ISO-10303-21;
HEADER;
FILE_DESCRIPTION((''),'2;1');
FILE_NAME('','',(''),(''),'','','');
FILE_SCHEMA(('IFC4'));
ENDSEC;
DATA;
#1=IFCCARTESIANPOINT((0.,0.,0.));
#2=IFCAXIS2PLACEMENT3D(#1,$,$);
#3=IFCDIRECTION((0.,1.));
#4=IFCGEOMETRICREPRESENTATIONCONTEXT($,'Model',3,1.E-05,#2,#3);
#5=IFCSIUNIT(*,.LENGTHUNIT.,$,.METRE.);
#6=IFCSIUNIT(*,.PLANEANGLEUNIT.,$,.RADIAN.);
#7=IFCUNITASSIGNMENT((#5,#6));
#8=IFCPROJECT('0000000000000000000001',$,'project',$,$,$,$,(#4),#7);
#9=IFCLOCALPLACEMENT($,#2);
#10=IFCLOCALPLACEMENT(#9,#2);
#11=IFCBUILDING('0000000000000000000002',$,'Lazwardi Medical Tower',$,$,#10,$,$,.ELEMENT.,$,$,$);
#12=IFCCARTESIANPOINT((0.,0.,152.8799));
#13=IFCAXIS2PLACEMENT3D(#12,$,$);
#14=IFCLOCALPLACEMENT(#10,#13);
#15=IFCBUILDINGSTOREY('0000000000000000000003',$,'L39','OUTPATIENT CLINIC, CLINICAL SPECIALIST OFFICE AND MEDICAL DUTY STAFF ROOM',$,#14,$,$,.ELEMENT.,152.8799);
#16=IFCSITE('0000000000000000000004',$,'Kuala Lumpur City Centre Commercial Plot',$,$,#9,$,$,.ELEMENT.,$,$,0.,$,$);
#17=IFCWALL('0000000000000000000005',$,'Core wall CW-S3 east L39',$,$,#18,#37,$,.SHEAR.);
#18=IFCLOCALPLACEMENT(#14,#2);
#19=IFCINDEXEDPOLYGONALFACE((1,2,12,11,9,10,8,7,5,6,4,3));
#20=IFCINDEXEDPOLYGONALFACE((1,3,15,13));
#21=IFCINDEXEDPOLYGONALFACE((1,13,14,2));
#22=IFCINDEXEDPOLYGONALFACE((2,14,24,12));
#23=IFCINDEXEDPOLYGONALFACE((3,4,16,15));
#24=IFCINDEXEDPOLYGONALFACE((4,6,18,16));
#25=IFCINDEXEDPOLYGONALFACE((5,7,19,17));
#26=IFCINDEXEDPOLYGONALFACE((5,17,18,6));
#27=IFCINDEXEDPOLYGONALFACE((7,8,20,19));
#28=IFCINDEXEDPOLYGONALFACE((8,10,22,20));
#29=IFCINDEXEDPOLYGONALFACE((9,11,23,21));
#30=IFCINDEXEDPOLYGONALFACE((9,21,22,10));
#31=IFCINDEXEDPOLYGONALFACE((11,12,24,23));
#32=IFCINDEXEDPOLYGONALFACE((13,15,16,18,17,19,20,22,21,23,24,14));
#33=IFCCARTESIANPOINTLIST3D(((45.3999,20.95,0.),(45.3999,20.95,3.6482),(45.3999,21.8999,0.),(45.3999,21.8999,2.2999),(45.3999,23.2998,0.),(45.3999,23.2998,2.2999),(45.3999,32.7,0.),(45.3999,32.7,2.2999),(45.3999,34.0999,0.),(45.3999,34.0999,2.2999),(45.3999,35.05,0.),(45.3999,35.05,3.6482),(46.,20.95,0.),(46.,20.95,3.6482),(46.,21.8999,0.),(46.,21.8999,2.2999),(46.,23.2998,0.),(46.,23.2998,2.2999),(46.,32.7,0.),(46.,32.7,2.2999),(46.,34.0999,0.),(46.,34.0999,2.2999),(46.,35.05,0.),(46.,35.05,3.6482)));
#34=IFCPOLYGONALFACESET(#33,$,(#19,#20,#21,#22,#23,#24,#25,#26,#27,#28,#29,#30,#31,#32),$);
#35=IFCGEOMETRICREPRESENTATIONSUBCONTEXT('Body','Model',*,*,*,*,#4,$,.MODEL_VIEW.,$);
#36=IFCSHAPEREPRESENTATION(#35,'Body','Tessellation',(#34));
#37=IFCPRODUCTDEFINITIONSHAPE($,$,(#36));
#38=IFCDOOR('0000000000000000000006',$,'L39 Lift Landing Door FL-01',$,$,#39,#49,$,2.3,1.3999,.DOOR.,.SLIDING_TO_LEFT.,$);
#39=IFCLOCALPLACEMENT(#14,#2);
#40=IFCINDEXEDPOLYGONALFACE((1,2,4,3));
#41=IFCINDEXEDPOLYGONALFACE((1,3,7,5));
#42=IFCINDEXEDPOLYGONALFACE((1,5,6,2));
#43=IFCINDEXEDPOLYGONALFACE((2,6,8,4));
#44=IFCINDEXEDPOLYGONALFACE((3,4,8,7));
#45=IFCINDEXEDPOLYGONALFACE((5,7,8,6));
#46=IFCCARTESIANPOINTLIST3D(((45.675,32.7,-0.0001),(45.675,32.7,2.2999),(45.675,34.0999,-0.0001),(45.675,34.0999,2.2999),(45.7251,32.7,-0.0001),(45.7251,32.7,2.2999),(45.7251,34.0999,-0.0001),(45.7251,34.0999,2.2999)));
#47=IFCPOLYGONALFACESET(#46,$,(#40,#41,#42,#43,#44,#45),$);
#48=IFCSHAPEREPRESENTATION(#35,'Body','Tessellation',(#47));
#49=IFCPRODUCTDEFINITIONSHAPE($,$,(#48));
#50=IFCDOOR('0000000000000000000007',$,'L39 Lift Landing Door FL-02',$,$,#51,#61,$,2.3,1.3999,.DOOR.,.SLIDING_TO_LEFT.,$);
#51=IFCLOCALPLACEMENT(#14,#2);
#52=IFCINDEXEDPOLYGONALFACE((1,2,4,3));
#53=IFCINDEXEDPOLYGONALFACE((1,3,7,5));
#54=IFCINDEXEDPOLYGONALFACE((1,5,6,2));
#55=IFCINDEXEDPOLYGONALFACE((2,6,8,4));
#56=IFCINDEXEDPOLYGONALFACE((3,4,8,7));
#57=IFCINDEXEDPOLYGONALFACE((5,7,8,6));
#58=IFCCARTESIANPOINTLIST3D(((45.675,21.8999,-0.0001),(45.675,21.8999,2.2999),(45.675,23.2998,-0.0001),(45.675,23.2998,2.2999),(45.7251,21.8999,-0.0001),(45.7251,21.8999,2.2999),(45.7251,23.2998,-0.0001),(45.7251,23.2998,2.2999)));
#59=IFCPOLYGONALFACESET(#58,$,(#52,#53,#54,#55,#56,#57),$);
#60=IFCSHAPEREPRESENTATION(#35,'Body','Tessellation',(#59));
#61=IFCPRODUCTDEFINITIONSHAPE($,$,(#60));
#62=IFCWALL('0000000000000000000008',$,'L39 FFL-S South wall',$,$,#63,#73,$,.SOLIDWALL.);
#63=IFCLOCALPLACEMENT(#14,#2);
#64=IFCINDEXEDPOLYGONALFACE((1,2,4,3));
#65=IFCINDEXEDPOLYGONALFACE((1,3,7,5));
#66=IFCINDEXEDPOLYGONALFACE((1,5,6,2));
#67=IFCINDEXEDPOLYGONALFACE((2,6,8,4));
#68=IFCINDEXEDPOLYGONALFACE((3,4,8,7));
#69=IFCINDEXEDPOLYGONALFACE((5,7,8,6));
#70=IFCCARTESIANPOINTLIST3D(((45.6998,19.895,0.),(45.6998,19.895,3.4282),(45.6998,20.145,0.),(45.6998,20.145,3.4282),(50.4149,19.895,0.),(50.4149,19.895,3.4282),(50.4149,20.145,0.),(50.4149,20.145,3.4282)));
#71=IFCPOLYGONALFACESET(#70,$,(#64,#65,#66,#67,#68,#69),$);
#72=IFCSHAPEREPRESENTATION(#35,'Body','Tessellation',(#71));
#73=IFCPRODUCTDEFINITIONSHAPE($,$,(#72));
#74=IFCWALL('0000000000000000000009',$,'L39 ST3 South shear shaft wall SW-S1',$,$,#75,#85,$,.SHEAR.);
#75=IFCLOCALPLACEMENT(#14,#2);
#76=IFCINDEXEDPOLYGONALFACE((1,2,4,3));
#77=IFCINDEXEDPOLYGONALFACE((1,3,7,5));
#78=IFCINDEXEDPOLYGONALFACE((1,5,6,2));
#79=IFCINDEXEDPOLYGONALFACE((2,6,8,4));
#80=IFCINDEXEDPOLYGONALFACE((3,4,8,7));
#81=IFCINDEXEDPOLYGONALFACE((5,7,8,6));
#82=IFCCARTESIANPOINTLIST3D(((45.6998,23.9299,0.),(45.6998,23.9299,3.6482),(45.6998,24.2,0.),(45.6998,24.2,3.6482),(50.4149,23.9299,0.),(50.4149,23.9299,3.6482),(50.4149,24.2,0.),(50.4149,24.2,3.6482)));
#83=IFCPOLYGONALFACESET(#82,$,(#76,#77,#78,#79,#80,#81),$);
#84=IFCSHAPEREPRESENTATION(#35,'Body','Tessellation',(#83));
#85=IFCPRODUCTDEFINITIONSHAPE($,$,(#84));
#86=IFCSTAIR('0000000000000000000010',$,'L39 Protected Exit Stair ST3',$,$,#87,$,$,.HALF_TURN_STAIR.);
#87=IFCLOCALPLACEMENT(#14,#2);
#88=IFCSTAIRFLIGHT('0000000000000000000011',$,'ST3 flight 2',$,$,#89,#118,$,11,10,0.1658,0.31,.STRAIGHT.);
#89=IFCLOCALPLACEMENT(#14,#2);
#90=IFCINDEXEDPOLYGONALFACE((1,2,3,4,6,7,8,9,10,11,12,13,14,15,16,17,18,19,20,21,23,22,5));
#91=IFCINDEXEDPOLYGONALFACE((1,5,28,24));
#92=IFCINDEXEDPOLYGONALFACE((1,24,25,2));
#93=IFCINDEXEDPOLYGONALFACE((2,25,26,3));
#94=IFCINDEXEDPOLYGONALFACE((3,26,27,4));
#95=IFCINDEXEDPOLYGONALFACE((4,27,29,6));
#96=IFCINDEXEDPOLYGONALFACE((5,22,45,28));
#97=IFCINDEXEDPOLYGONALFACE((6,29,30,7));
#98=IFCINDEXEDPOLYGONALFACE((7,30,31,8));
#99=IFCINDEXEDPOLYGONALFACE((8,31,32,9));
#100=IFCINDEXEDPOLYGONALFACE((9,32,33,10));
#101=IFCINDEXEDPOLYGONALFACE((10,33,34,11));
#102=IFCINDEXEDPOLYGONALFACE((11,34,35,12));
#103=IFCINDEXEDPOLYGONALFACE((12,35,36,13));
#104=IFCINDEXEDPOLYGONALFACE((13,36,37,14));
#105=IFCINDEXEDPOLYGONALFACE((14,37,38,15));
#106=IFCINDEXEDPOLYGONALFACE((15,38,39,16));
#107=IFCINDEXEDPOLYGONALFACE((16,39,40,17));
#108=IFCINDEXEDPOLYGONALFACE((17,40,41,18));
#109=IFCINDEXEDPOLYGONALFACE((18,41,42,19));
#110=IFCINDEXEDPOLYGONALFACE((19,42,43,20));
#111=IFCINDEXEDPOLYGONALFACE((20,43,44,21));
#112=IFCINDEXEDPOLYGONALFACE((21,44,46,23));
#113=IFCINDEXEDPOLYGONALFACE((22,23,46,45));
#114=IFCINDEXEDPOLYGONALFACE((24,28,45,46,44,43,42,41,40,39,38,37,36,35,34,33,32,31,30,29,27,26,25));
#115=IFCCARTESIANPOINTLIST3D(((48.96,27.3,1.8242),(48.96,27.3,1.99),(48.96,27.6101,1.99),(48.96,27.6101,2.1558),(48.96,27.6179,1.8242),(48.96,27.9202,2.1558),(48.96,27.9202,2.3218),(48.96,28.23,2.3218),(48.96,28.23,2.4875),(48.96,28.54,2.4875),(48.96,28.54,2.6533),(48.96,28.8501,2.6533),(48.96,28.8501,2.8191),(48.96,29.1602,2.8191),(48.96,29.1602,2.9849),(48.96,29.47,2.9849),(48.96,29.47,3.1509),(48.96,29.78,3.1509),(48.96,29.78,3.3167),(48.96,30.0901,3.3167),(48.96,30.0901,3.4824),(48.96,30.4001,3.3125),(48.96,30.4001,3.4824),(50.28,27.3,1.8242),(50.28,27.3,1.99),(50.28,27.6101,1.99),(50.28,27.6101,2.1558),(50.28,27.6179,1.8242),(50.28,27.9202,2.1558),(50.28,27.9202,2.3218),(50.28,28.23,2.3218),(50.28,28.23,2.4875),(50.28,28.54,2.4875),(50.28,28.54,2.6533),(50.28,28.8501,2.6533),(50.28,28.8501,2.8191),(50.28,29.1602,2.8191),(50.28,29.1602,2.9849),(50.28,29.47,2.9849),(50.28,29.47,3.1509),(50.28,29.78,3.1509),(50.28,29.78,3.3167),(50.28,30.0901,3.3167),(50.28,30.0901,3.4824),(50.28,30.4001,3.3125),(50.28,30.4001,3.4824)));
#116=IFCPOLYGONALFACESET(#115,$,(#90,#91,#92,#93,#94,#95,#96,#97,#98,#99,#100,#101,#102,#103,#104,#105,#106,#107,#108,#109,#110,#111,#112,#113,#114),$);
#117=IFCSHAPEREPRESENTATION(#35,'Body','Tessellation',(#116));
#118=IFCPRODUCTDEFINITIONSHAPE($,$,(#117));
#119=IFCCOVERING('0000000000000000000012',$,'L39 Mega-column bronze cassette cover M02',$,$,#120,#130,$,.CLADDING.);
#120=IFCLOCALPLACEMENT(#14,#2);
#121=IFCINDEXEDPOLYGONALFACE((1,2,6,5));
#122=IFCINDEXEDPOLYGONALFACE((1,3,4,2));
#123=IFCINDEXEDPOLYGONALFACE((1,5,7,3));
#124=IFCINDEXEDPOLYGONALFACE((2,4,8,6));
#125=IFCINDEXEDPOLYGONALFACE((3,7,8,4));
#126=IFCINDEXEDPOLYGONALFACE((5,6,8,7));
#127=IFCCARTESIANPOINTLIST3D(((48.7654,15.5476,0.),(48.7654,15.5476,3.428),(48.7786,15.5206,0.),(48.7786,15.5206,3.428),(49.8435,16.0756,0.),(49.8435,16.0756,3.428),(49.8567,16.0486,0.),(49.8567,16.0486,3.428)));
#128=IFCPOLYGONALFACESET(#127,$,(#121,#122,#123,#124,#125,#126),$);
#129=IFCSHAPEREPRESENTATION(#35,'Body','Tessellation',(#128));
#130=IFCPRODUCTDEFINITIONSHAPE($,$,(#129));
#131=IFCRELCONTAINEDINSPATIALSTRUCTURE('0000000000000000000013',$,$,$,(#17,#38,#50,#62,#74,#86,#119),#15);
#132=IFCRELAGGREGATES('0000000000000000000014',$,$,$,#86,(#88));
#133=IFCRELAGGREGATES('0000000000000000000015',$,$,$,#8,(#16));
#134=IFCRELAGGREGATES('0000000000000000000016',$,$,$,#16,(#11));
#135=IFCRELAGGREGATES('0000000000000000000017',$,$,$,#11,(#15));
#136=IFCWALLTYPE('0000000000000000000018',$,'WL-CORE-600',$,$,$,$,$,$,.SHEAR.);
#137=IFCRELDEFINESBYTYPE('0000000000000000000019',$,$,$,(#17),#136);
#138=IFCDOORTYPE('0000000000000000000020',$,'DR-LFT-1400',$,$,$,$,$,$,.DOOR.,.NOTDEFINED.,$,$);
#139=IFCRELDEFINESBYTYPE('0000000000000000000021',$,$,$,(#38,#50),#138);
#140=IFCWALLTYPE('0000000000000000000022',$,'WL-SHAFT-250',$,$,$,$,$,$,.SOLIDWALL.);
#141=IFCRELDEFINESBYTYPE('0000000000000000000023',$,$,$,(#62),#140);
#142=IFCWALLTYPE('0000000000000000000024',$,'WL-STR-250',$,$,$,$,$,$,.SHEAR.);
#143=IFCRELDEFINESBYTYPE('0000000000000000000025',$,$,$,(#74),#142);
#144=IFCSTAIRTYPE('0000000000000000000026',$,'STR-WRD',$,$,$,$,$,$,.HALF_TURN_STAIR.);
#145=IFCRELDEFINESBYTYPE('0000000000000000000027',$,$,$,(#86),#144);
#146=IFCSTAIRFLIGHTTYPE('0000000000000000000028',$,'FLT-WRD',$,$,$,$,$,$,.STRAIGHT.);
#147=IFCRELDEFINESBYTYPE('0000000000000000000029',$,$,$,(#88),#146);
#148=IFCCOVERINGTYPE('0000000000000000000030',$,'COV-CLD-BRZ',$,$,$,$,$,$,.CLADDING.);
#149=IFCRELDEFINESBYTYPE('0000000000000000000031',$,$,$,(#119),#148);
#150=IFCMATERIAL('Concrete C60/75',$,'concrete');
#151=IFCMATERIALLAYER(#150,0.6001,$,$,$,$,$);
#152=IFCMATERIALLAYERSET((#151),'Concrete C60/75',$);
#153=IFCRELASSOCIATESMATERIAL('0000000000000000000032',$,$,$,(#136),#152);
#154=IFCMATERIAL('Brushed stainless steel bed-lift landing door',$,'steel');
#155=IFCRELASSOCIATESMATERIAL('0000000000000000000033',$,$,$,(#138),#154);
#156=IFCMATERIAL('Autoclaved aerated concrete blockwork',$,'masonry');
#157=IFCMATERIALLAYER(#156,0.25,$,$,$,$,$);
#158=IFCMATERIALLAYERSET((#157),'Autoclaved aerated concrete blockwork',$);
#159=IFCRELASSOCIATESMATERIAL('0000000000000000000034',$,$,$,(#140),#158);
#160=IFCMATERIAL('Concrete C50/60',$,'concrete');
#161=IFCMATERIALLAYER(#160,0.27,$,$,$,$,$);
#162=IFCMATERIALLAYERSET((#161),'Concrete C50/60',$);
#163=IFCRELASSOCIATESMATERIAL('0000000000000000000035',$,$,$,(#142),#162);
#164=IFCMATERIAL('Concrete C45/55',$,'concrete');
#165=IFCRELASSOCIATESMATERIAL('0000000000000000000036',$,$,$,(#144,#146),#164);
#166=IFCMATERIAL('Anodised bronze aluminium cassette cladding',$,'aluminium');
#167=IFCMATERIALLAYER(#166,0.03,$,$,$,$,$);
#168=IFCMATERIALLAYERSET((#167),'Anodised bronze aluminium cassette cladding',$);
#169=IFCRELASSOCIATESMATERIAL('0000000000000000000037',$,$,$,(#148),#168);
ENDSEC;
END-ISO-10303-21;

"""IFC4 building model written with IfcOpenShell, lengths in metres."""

from ifc_helpers import new_model, si_unit, direction, frame, frame_2d, origin, origin_2d, place, context, subcontext, project, spatial, polyline, rectangle, outline, extrude, material, layer, layer_set, type_object, element, fill, aggregate, save


model = new_model("IFC4")

# Units and contexts
model_context = context("Model", 3, precision=1e-05, world=origin(), true_north=direction((0.0, 1.0)))
body_context = subcontext(model_context, "Body", "Model", "MODEL_VIEW")
ifc_project = project(units=[si_unit("LENGTHUNIT", "METRE"), si_unit("PLANEANGLEUNIT", "RADIAN")], contexts=[model_context])

# Site, building, storey
site_placement = place(None, origin())
site = spatial("IfcSite", under=ifc_project, at=site_placement, Name="Kuala Lumpur City Centre Commercial Plot", CompositionType="ELEMENT", RefElevation=0.0)
building_placement = place(site_placement, origin())
building = spatial("IfcBuilding", under=site, at=building_placement, Name="Lazwardi Medical Tower", CompositionType="ELEMENT")
storey_placement = place(building_placement, frame((0.0, 0.0, 152.8799)))
storey = spatial("IfcBuildingStorey", under=building, at=storey_placement, Name="L39", Description="OUTPATIENT CLINIC, CLINICAL SPECIALIST OFFICE AND MEDICAL DUTY STAFF ROOM", CompositionType="ELEMENT", Elevation=152.8799)

# Shared definitions
ifc_material_1 = material(Name="Concrete C60/75", Category="concrete")

# Wall, openings, doors
ifc_layer_1 = layer(ifc_material_1, 0.6001)
ifc_layer_set_1 = layer_set([ifc_layer_1], Name="Concrete C60/75")
wall_type_1 = type_object("IfcWallType", Name="WL-CORE-600", PredefinedType="SHEAR", material=ifc_layer_set_1)
wall_1_placement = place(storey_placement, frame((45.7, 20.95, 0.0), z_axis=(0.0, 0.0, 1.0), x_axis=(0.0, 1.0, 0.0)))
wall_1 = element("IfcWall", 1, at=wall_1_placement, inside=storey, type_object=wall_type_1, Name="Core wall CW-S3 east L39", PredefinedType="SHEAR", context=body_context, shape_type="SweptSolid", body=[
    extrude(rectangle(XDim=14.1001, YDim=0.6001, at=frame_2d((7.05, 0.0))), origin(), (0.0, 0.0, 1.0), 3.6482),
])
opening_1_placement = place(wall_1_placement, frame((11.75, 0.0, 0.0)))
opening_1 = element("IfcOpeningElement", 2, at=opening_1_placement, cuts=wall_1, PredefinedType="OPENING", context=body_context, shape_type="SweptSolid", body=[
    extrude(rectangle(XDim=1.3999, YDim=2.3, at=frame_2d((0.7, 1.1499))), frame((0.0, 0.3101, 0.0), z_axis=(0.0, -1.0, 0.0), x_axis=(1.0, 0.0, 0.0)), (0.0, 0.0, 1.0), 0.6201),
])
opening_2_placement = place(wall_1_placement, frame((0.95, 0.0, 0.0)))
opening_2 = element("IfcOpeningElement", 3, at=opening_2_placement, cuts=wall_1, PredefinedType="OPENING", context=body_context, shape_type="SweptSolid", body=[
    extrude(rectangle(XDim=1.3999, YDim=2.3, at=frame_2d((0.7, 1.1499))), frame((0.0, 0.3101, 0.0), z_axis=(0.0, -1.0, 0.0), x_axis=(1.0, 0.0, 0.0)), (0.0, 0.0, 1.0), 0.6201),
])
ifc_material_2 = material(Name="Brushed stainless steel bed-lift landing door", Category="steel")
door_type = type_object("IfcDoorType", Name="DR-LFT-1400", OperationType="NOTDEFINED", PredefinedType="DOOR", material=ifc_material_2)
door_1_placement = place(opening_1_placement, origin())
door_1 = element("IfcDoor", 4, at=door_1_placement, inside=storey, type_object=door_type, Name="L39 Lift Landing Door FL-01", OperationType="SLIDING_TO_LEFT", OverallHeight=2.3, OverallWidth=1.3999, PredefinedType="DOOR", context=body_context, shape_type="SweptSolid", body=[
    extrude(rectangle(XDim=1.3999, YDim=2.3, at=frame_2d((0.7, 1.1499))), frame((0.0, 0.0249, 0.0), z_axis=(0.0, -1.0, 0.0), x_axis=(1.0, 0.0, 0.0)), (0.0, 0.0, 1.0), 0.05),
])
fill(opening_1, door_1)
door_2_placement = place(opening_2_placement, origin())
door_2 = element("IfcDoor", 5, at=door_2_placement, inside=storey, type_object=door_type, Name="L39 Lift Landing Door FL-02", OperationType="SLIDING_TO_LEFT", OverallHeight=2.3, OverallWidth=1.3999, PredefinedType="DOOR", context=body_context, shape_type="SweptSolid", body=[
    extrude(rectangle(XDim=1.3999, YDim=2.3, at=frame_2d((0.7, 1.1499))), frame((0.0, 0.0249, 0.0), z_axis=(0.0, -1.0, 0.0), x_axis=(1.0, 0.0, 0.0)), (0.0, 0.0, 1.0), 0.05),
])
fill(opening_2, door_2)

# Walls
ifc_material_3 = material(Name="Autoclaved aerated concrete blockwork", Category="masonry")
ifc_layer_2 = layer(ifc_material_3, 0.25)
ifc_layer_set_2 = layer_set([ifc_layer_2], Name="Autoclaved aerated concrete blockwork")
wall_type_2 = type_object("IfcWallType", Name="WL-SHAFT-250", PredefinedType="SOLIDWALL", material=ifc_layer_set_2)
wall_2_placement = place(storey_placement, frame((45.7, 20.02, 0.0), z_axis=(0.0, 0.0, 1.0), x_axis=(1.0, 0.0, 0.0)))
element("IfcWall", 6, at=wall_2_placement, inside=storey, type_object=wall_type_2, Name="L39 FFL-S South wall", PredefinedType="SOLIDWALL", context=body_context, shape_type="SweptSolid", body=[
    extrude(rectangle(XDim=4.7151, YDim=0.25, at=frame_2d((2.3574, 0.0))), origin(), (0.0, 0.0, 1.0), 3.4282),
])
ifc_material_4 = material(Name="Concrete C50/60", Category="concrete")
ifc_layer_3 = layer(ifc_material_4, 0.27)
ifc_layer_set_3 = layer_set([ifc_layer_3], Name="Concrete C50/60")
wall_type_3 = type_object("IfcWallType", Name="WL-STR-250", PredefinedType="SHEAR", material=ifc_layer_set_3)
wall_3_placement = place(storey_placement, frame((45.7, 24.0649, 0.0), z_axis=(0.0, 0.0, 1.0), x_axis=(1.0, 0.0, 0.0)))
element("IfcWall", 7, at=wall_3_placement, inside=storey, type_object=wall_type_3, Name="L39 ST3 South shear shaft wall SW-S1", PredefinedType="SHEAR", context=body_context, shape_type="SweptSolid", body=[
    extrude(rectangle(XDim=4.7151, YDim=0.27, at=frame_2d((2.3574, 0.0))), origin(), (0.0, 0.0, 1.0), 3.6482),
])

# Stair, stair flight
ifc_material_5 = material(Name="Concrete C45/55", Category="concrete")
stair_type = type_object("IfcStairType", Name="STR-WRD", PredefinedType="HALF_TURN_STAIR", material=ifc_material_5)
stair_placement = place(storey_placement, origin())
stair = element("IfcStair", 8, at=stair_placement, inside=storey, type_object=stair_type, Name="L39 Protected Exit Stair ST3", PredefinedType="HALF_TURN_STAIR")
stair_flight_type = type_object("IfcStairFlightType", Name="FLT-WRD", PredefinedType="STRAIGHT", material=ifc_material_5)
stair_flight_placement = place(storey_placement, frame((49.6201, 27.3, 1.8242), z_axis=(0.0, 0.0, 1.0), x_axis=(0.0, 1.0, 0.0)))
stair_flight = element("IfcStairFlight", 9, at=stair_flight_placement, type_object=stair_flight_type, Name="ST3 flight 2", NumberOfRisers=11, NumberOfTreads=10, PredefinedType="STRAIGHT", RiserHeight=0.1658, TreadLength=0.31, context=body_context, shape_type="SweptSolid", body=[
    extrude(outline(polyline([(0.0, 0.0), (0.0, 0.1658), (0.3101, 0.1658), (0.3101, 0.3315), (0.6201, 0.3315), (0.6201, 0.4976), (0.9299, 0.4976), (0.9299, 0.6633), (1.24, 0.6633), (1.24, 0.8291), (1.55, 0.8291), (1.55, 0.9949), (1.8601, 0.9949), (1.8601, 1.1606), (2.1699, 1.1606), (2.1699, 1.3267), (2.48, 1.3267), (2.48, 1.4924), (2.79, 1.4924), (2.79, 1.6582), (3.1001, 1.6582), (3.1001, 1.824), (3.1001, 1.4883), (0.3179, 0.0), (0.0, 0.0)])), frame((0.0, 0.6602, 0.0), z_axis=(0.0, -1.0, 0.0), x_axis=(1.0, 0.0, 0.0)), (0.0, 0.0, 1.0), 1.3201),
])
aggregate(stair, [stair_flight])

# Covering
ifc_material_6 = material(Name="Anodised bronze aluminium cassette cladding", Category="aluminium")
ifc_layer_4 = layer(ifc_material_6, 0.03)
ifc_layer_set_4 = layer_set([ifc_layer_4], Name="Anodised bronze aluminium cassette cladding")
covering_type = type_object("IfcCoveringType", Name="COV-CLD-BRZ", PredefinedType="CLADDING", material=ifc_layer_set_4)
covering_placement = place(storey_placement, frame((49.311, 15.7981, 0.0), z_axis=(0.0, 0.0, 1.0), x_axis=(0.898079, 0.439834, 0.0)))
element("IfcCovering", 10, at=covering_placement, inside=storey, type_object=covering_type, Name="L39 Mega-column bronze cassette cover M02", PredefinedType="CLADDING", context=body_context, shape_type="SweptSolid", body=[
    extrude(rectangle(XDim=1.2004, YDim=0.03, at=origin_2d()), origin(), (0.0, 0.0, 1.0), 3.428),
])

save(model, "model.ifc")
